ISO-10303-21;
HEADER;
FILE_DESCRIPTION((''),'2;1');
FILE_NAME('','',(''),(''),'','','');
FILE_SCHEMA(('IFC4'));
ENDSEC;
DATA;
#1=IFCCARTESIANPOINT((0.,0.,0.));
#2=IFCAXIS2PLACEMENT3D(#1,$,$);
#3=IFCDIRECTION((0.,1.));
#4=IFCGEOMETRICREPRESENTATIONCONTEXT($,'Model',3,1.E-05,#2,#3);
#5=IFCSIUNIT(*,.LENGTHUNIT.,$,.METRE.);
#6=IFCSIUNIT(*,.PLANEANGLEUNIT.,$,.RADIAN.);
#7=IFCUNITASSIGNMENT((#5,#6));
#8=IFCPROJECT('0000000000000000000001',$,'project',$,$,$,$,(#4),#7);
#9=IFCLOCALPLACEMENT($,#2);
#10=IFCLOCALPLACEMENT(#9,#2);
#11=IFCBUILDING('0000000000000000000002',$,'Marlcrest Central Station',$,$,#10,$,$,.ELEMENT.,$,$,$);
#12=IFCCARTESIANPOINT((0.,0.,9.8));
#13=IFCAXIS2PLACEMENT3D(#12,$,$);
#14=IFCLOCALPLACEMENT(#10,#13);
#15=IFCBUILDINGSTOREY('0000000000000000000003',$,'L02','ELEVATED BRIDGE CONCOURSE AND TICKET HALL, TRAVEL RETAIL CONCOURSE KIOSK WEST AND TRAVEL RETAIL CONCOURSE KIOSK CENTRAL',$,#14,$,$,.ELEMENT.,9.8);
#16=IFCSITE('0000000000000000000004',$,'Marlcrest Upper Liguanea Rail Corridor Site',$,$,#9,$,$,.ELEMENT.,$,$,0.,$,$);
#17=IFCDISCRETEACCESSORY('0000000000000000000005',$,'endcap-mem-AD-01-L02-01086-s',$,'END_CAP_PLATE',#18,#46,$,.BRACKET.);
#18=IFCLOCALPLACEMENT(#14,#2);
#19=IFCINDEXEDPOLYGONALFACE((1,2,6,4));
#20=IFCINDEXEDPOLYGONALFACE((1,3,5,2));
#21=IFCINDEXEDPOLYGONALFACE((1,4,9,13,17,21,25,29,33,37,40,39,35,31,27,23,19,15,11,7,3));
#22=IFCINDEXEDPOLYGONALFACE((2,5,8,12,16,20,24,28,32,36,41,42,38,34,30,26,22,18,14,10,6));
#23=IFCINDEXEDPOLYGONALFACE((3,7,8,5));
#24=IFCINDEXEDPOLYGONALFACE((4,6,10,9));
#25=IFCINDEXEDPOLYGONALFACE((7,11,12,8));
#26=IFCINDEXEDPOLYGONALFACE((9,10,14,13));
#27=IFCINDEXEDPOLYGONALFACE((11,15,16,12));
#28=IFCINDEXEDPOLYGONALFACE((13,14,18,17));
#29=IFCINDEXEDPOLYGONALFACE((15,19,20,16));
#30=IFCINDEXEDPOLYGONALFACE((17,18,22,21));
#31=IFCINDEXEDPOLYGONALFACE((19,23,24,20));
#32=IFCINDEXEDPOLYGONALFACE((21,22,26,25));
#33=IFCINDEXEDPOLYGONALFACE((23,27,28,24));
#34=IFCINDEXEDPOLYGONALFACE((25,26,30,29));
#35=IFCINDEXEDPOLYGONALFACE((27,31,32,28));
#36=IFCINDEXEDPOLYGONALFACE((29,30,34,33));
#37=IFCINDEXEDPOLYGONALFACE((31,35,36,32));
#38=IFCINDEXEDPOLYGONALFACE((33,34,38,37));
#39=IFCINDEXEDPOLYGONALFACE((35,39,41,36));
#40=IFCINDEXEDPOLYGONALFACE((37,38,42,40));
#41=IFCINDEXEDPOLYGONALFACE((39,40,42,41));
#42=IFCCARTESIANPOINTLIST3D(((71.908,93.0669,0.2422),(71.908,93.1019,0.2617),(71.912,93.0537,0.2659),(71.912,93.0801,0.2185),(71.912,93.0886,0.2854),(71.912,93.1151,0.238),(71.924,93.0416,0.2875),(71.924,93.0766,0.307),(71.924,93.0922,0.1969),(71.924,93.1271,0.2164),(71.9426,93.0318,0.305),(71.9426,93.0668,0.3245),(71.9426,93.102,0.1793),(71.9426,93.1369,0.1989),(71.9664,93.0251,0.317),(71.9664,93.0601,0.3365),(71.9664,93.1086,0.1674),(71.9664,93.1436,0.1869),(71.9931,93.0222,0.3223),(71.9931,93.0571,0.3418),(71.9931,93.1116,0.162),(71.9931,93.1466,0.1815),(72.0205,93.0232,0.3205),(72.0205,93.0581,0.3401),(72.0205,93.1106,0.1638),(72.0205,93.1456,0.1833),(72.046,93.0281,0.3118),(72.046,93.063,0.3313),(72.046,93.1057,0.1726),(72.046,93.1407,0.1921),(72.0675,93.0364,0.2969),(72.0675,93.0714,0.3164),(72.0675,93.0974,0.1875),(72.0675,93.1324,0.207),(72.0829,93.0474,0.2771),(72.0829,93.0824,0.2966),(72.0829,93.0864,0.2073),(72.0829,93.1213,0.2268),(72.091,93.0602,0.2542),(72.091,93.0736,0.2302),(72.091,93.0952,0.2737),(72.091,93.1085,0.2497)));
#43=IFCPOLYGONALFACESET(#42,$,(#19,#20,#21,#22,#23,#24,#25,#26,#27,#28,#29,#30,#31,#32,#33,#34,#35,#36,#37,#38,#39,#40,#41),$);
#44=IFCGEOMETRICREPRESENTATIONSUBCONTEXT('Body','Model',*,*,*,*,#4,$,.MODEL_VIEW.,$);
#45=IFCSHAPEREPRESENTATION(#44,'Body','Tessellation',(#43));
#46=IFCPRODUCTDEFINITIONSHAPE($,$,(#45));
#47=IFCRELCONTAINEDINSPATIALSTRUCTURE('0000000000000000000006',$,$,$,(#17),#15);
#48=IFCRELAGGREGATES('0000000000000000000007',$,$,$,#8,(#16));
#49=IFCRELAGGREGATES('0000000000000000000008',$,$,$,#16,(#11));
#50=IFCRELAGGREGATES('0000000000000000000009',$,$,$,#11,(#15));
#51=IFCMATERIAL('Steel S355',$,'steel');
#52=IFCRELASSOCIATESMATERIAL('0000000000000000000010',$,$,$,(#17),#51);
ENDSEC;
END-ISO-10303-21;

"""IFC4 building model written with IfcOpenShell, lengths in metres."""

from ifc_helpers import new_model, si_unit, direction, frame, origin, origin_2d, place, context, subcontext, project, spatial, circle, extrude, material, element, save


model = new_model("IFC4")

# Units and contexts
model_context = context("Model", 3, precision=1e-05, world=origin(), true_north=direction((0.0, 1.0)))
body_context = subcontext(model_context, "Body", "Model", "MODEL_VIEW")
ifc_project = project(units=[si_unit("LENGTHUNIT", "METRE"), si_unit("PLANEANGLEUNIT", "RADIAN")], contexts=[model_context])

# Site, building, storey
site_placement = place(None, origin())
site = spatial("IfcSite", under=ifc_project, at=site_placement, Name="Marlcrest Upper Liguanea Rail Corridor Site", CompositionType="ELEMENT", RefElevation=0.0)
building_placement = place(site_placement, origin())
building = spatial("IfcBuilding", under=site, at=building_placement, Name="Marlcrest Central Station", CompositionType="ELEMENT")
storey_placement = place(building_placement, frame((0.0, 0.0, 9.8)))
storey = spatial("IfcBuildingStorey", under=building, at=storey_placement, Name="L02", Description="ELEVATED BRIDGE CONCOURSE AND TICKET HALL, TRAVEL RETAIL CONCOURSE KIOSK WEST AND TRAVEL RETAIL CONCOURSE KIOSK CENTRAL", CompositionType="ELEMENT", Elevation=9.8)

# Shared definitions
ifc_material = material(Name="Steel S355", Category="steel")

# Discrete accessory
discrete_accessory_1_placement = place(storey_placement, frame((72.0, 93.0669, 0.2422), z_axis=(0.0, 0.873246, 0.48728), x_axis=(-1.0, 0.0, 0.0)))
element("IfcDiscreteAccessory", 1, at=discrete_accessory_1_placement, inside=storey, material=ifc_material, Name="endcap-mem-AD-01-L02-01086-s", ObjectType="END_CAP_PLATE", PredefinedType="BRACKET", context=body_context, shape_type="SweptSolid", body=[
    extrude(circle(Radius=0.092, at=origin_2d()), origin(), (0.0, 0.0, 1.0), 0.04),
])

save(model, "model.ifc")
